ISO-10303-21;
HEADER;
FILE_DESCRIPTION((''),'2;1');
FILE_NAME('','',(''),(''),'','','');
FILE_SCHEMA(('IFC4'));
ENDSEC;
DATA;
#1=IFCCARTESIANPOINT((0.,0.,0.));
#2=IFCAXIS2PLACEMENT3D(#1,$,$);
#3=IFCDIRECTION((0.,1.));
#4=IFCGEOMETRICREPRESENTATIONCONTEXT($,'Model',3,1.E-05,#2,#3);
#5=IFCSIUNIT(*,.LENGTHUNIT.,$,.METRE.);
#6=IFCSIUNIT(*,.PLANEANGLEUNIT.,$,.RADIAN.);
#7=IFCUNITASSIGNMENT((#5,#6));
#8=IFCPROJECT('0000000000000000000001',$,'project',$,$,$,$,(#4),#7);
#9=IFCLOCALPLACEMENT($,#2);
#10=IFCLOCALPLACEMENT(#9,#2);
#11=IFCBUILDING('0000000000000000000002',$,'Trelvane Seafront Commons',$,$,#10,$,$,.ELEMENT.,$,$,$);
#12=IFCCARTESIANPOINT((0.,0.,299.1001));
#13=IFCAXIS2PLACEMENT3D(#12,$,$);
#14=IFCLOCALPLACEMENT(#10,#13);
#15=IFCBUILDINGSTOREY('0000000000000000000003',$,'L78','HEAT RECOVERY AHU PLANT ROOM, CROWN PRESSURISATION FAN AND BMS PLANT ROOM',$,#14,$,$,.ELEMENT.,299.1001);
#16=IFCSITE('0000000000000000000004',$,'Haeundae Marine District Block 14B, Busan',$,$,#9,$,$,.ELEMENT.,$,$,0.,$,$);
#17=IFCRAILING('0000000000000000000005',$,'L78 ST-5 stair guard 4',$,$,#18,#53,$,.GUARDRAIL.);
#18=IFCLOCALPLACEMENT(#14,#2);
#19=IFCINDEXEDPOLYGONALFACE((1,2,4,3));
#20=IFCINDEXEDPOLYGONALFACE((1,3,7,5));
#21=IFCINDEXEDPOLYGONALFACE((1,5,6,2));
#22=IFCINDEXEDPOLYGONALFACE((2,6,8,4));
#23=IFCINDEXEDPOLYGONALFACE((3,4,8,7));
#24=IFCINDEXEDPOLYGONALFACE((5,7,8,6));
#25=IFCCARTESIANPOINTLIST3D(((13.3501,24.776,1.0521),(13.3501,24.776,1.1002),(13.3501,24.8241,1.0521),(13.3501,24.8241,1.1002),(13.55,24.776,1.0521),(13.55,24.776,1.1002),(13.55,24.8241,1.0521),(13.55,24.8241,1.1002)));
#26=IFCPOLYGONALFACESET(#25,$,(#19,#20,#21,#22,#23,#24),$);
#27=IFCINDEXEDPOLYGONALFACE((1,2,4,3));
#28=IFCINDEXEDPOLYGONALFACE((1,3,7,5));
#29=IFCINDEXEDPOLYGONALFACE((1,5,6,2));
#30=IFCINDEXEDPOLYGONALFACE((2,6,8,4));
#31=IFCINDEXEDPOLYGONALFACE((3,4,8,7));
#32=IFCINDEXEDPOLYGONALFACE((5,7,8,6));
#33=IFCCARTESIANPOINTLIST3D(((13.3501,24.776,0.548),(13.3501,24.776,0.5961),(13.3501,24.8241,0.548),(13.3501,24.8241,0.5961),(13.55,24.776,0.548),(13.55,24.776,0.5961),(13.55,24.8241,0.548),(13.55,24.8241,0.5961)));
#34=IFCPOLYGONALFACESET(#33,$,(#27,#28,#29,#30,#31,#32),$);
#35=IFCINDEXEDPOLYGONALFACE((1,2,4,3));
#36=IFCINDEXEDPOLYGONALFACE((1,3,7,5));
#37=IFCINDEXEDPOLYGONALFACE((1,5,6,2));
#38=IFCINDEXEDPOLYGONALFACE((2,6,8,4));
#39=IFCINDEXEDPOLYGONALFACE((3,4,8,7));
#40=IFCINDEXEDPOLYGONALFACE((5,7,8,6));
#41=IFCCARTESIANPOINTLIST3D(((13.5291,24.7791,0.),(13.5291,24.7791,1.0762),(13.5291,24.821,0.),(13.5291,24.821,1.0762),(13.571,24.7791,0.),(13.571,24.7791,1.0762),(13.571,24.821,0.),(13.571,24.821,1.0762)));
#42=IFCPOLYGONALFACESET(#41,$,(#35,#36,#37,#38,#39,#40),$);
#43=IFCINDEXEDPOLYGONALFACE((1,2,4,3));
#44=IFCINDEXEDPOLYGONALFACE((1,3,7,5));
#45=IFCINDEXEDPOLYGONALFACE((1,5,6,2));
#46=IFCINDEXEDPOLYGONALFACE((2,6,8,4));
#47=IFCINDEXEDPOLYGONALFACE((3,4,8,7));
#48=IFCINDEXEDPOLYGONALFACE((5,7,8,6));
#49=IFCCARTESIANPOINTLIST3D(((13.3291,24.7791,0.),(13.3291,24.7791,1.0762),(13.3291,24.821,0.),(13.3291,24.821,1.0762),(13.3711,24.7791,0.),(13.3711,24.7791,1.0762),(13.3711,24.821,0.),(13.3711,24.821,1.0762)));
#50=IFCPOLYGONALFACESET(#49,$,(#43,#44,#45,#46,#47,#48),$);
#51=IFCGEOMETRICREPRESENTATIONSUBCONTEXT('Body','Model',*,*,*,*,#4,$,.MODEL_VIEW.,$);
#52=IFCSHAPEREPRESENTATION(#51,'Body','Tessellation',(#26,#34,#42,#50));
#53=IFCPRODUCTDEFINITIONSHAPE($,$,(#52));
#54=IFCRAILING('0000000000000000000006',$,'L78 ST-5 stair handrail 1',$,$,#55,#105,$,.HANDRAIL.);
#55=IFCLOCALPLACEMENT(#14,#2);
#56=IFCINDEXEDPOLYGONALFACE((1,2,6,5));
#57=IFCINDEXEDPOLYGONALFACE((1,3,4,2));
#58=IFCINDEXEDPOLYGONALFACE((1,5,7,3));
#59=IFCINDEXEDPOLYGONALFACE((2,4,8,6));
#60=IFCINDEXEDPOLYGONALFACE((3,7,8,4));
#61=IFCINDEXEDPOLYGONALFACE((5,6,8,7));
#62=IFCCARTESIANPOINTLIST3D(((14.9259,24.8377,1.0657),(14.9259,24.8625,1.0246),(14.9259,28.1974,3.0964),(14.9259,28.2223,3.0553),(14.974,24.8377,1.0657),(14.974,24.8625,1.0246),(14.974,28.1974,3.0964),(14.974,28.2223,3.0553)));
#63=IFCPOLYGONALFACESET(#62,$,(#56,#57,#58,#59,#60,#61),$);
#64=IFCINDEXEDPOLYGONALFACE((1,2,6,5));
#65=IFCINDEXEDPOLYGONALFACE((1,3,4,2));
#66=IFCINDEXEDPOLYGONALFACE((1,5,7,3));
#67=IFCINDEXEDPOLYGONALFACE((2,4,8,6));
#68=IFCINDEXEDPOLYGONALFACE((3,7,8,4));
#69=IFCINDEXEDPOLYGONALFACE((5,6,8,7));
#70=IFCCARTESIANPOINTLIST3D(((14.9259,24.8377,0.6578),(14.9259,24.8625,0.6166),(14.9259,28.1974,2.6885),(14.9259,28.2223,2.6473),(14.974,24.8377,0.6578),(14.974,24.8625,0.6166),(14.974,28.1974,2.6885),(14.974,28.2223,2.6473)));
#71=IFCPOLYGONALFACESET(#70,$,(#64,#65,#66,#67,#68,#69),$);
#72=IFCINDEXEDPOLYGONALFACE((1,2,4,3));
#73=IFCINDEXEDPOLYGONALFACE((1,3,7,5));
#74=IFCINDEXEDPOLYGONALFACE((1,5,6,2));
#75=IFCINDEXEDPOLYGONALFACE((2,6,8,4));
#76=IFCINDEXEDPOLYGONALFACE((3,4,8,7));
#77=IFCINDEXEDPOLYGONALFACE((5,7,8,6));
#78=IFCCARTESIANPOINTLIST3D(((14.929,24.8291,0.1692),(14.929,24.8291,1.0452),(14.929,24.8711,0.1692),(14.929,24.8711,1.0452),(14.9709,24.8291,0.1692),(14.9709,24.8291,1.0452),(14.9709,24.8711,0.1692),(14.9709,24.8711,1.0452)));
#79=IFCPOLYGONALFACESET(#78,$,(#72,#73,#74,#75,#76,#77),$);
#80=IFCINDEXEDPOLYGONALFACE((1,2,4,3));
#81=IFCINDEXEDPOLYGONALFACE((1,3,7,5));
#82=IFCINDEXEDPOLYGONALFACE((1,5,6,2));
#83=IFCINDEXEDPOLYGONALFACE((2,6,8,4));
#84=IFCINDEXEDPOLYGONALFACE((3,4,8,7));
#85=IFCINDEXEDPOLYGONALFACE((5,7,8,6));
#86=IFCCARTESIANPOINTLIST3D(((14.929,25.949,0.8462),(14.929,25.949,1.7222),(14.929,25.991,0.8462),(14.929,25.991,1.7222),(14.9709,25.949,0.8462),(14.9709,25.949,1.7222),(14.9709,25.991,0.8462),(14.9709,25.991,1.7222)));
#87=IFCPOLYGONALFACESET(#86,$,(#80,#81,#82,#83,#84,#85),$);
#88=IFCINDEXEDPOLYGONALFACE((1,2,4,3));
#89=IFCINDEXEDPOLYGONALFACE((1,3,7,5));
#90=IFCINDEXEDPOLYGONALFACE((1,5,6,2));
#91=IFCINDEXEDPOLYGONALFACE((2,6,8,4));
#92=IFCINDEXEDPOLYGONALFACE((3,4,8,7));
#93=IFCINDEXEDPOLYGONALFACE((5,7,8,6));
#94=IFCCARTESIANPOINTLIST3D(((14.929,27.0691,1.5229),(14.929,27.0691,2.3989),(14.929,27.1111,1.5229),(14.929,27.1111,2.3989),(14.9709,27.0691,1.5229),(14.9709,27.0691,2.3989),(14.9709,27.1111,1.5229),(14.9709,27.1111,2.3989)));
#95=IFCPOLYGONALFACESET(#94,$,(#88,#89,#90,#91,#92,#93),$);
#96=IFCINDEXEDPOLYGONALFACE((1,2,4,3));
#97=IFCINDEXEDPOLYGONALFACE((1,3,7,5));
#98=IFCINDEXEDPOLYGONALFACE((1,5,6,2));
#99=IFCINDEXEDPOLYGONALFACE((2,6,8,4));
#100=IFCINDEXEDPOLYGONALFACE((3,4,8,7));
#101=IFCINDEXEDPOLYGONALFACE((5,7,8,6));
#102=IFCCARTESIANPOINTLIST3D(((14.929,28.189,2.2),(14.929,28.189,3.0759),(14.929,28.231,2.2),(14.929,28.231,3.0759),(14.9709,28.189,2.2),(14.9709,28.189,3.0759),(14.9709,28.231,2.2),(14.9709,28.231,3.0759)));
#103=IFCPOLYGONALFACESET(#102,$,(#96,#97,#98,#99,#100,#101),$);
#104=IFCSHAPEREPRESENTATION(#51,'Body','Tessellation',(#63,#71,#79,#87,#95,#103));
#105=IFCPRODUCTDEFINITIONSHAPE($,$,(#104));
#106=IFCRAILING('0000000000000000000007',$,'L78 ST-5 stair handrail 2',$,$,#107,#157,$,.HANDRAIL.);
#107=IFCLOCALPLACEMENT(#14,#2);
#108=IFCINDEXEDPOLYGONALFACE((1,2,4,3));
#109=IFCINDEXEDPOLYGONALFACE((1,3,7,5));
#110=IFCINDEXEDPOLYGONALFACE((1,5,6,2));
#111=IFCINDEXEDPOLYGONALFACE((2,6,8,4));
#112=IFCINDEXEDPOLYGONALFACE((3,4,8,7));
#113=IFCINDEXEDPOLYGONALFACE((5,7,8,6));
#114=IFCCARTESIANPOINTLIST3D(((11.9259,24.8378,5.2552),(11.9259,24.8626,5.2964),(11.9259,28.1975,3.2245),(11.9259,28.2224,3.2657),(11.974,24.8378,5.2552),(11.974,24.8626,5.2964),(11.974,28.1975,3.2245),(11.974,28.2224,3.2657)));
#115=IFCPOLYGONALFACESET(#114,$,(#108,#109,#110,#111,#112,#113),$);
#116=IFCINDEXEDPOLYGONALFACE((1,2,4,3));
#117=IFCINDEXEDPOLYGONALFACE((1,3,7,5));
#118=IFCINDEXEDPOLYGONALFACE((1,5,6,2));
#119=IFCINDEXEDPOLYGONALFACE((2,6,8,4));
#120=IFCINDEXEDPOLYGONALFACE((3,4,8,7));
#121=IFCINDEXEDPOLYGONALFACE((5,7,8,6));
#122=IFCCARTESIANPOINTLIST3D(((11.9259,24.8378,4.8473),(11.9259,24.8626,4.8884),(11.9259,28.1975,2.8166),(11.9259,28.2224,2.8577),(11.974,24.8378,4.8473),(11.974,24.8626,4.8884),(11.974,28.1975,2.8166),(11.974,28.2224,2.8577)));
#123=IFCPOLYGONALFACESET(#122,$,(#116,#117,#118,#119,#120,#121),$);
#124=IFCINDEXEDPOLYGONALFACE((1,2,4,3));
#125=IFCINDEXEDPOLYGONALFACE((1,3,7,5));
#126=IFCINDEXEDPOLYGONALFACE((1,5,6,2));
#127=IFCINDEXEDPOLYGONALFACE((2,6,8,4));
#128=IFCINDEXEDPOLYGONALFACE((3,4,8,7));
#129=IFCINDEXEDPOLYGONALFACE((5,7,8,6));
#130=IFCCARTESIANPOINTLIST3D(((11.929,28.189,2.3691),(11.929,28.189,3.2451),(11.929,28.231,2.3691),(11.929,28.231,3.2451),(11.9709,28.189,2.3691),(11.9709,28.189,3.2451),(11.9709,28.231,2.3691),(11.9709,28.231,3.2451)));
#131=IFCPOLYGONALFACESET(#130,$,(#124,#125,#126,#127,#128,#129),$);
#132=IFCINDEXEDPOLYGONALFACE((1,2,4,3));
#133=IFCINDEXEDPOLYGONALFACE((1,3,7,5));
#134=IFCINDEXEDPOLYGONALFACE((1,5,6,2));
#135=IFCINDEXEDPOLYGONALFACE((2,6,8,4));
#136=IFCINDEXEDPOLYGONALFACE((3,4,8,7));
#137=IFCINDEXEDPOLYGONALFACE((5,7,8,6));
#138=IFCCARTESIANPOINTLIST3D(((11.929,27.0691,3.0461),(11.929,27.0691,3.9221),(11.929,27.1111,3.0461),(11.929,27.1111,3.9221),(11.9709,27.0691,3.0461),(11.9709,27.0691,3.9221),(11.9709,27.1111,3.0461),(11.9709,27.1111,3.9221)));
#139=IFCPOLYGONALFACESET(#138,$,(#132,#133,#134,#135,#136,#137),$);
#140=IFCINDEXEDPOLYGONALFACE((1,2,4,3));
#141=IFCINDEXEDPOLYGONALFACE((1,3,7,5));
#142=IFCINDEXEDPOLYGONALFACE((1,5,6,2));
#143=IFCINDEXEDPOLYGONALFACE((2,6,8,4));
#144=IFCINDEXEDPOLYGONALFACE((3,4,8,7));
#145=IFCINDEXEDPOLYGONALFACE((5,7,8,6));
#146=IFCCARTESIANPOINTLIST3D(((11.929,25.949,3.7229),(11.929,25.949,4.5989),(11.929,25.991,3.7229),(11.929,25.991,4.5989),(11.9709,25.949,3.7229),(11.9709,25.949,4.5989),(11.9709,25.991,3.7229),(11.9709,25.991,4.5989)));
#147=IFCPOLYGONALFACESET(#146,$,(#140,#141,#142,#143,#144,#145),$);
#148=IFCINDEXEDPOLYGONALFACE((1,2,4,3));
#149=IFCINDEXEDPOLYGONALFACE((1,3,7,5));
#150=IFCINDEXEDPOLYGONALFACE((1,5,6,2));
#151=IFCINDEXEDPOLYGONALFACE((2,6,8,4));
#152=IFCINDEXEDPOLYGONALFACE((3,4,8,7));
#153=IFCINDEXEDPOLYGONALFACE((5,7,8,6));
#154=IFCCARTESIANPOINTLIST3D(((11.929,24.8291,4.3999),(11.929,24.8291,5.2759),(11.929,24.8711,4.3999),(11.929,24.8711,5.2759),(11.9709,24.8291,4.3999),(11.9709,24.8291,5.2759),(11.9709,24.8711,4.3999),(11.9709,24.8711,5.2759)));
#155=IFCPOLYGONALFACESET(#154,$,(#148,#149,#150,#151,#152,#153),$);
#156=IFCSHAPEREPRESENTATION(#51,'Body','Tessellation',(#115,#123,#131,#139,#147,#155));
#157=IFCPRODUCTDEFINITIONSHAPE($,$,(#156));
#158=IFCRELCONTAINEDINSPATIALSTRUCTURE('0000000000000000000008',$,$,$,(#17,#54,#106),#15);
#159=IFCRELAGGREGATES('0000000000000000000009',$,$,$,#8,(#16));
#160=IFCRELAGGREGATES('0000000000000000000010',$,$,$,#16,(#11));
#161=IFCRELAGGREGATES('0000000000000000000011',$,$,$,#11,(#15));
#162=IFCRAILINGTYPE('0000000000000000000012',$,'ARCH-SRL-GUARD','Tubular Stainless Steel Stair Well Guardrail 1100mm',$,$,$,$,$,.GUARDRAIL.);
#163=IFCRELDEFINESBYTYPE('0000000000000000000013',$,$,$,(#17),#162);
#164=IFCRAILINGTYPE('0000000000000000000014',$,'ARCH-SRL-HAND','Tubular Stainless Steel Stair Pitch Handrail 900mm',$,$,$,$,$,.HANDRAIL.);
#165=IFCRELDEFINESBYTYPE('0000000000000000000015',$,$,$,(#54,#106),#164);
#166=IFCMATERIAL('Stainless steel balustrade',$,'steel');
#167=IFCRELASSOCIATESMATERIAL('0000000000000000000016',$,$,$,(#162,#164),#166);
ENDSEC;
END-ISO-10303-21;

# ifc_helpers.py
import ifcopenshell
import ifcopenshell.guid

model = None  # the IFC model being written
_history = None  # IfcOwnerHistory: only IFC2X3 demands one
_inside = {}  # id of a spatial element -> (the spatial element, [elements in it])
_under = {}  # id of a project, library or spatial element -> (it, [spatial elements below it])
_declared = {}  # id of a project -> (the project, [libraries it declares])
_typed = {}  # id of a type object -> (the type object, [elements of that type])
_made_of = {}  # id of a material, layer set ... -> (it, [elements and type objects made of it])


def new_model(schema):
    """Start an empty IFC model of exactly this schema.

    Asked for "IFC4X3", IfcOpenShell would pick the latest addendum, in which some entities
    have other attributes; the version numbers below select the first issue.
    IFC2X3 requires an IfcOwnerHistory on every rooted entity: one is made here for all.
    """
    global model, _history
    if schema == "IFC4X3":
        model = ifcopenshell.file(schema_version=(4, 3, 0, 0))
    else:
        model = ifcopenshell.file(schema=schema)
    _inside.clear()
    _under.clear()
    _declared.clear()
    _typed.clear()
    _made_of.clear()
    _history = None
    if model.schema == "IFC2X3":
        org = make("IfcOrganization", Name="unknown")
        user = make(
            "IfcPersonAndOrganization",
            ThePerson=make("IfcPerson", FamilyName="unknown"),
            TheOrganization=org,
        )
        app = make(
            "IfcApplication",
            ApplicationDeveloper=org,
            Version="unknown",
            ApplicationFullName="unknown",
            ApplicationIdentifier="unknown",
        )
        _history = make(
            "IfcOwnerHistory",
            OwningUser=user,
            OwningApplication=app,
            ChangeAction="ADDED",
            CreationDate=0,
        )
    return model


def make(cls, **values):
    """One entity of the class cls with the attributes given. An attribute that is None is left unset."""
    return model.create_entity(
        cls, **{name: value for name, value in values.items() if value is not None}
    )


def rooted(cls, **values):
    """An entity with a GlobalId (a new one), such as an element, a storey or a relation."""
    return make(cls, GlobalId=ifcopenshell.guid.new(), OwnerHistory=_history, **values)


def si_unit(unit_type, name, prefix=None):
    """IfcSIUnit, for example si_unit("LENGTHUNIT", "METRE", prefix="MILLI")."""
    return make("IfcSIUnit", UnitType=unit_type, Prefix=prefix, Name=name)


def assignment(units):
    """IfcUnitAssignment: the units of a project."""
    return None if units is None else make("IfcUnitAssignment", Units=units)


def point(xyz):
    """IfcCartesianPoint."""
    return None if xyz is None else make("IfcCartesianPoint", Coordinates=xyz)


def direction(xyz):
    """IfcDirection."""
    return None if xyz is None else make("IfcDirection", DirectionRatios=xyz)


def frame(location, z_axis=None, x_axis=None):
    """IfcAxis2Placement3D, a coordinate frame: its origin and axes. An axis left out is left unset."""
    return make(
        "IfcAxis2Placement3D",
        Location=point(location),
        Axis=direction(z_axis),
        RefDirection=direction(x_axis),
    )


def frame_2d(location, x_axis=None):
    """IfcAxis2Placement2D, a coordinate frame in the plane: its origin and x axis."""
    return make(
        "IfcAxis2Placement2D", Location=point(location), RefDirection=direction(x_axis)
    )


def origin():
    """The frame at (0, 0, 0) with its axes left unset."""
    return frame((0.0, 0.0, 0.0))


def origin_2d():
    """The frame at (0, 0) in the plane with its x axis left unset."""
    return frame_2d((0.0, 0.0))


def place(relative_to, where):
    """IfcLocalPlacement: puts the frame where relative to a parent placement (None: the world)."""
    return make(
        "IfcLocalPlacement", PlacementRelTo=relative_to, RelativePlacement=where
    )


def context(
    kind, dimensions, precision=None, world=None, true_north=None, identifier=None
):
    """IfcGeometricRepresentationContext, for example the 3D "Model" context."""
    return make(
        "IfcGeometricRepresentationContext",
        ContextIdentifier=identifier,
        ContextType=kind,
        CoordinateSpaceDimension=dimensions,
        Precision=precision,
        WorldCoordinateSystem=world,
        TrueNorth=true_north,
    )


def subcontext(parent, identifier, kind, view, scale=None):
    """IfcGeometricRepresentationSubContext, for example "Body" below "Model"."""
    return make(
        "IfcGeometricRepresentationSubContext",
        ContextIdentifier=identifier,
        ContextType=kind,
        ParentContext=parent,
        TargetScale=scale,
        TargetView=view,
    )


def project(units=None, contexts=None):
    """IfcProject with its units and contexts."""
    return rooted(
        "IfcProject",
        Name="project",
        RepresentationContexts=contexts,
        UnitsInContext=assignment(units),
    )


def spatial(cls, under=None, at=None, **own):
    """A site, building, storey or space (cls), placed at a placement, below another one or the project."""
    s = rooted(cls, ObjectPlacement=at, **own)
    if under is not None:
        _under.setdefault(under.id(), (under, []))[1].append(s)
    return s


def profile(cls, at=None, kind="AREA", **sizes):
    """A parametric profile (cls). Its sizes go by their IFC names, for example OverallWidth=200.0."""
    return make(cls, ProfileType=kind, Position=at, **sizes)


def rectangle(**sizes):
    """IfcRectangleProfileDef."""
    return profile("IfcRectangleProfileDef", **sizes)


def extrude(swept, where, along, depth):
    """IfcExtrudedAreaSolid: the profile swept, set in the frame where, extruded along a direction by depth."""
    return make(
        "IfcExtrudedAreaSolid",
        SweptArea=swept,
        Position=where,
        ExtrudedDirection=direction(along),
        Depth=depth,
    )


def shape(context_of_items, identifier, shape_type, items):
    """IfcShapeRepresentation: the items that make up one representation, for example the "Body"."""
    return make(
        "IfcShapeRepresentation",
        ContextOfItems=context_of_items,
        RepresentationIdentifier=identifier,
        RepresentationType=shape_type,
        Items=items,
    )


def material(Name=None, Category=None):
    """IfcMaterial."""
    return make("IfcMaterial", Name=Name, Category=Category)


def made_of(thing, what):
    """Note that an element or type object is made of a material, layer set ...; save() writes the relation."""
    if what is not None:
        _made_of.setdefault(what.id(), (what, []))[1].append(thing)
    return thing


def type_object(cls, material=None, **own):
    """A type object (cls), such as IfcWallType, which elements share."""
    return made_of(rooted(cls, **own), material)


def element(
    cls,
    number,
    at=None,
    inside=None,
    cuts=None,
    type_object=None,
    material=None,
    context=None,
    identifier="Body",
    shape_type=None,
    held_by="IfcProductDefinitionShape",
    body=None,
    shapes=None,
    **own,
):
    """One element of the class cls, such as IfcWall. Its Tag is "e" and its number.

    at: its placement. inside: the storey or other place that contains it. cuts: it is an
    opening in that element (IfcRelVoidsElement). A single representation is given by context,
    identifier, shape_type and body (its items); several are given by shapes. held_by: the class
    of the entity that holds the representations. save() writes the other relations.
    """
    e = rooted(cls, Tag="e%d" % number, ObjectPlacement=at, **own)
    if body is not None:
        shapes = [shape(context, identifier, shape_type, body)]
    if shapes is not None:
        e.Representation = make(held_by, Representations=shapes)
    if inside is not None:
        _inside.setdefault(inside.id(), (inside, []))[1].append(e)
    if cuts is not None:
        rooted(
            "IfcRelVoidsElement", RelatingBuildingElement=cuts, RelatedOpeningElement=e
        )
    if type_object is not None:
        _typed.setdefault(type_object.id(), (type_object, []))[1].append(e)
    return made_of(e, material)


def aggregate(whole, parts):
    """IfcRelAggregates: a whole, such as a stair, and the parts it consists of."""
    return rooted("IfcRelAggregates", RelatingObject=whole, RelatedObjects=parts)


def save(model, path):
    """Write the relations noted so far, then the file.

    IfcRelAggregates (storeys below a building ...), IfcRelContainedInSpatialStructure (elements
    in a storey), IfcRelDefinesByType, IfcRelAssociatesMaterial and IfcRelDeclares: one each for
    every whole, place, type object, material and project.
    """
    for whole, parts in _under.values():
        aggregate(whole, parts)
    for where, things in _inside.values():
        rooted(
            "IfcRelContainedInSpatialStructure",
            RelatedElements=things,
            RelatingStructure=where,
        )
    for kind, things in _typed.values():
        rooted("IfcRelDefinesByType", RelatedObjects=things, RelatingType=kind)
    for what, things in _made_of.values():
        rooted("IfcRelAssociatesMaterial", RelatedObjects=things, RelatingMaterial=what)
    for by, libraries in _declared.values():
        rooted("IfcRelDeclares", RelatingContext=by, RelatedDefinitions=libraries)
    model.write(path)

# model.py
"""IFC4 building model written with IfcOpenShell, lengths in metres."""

from ifc_helpers import new_model, si_unit, direction, frame, origin, origin_2d, place, context, subcontext, project, spatial, rectangle, extrude, material, type_object, element, save


model = new_model("IFC4")

# Units and contexts
model_context = context("Model", 3, precision=1e-05, world=origin(), true_north=direction((0.0, 1.0)))
body_context = subcontext(model_context, "Body", "Model", "MODEL_VIEW")
ifc_project = project(units=[si_unit("LENGTHUNIT", "METRE"), si_unit("PLANEANGLEUNIT", "RADIAN")], contexts=[model_context])

# Site, building, storey
site_placement = place(None, origin())
site = spatial("IfcSite", under=ifc_project, at=site_placement, Name="Haeundae Marine District Block 14B, Busan", CompositionType="ELEMENT", RefElevation=0.0)
building_placement = place(site_placement, origin())
building = spatial("IfcBuilding", under=site, at=building_placement, Name="Trelvane Seafront Commons", CompositionType="ELEMENT")
storey_placement = place(building_placement, frame((0.0, 0.0, 299.1001)))
storey = spatial("IfcBuildingStorey", under=building, at=storey_placement, Name="L78", Description="HEAT RECOVERY AHU PLANT ROOM, CROWN PRESSURISATION FAN AND BMS PLANT ROOM", CompositionType="ELEMENT", Elevation=299.1001)

# Railings
ifc_material_1 = material(Name="Stainless steel balustrade", Category="steel")
railing_type_1 = type_object("IfcRailingType", Name="ARCH-SRL-GUARD", Description="Tubular Stainless Steel Stair Well Guardrail 1100mm", PredefinedType="GUARDRAIL", material=ifc_material_1)
railing_1_placement = place(storey_placement, frame((13.55, 24.8, 0.0)))
element("IfcRailing", 1, at=railing_1_placement, inside=storey, type_object=railing_type_1, Name="L78 ST-5 stair guard 4", PredefinedType="GUARDRAIL", context=body_context, shape_type="SweptSolid", body=[
    extrude(rectangle(XDim=0.0481, YDim=0.0481, at=origin_2d()), frame((0.0, 0.0, 1.0762), z_axis=(-1.0, 0.0, 0.0), x_axis=(0.0, -1.0, 0.0)), (0.0, 0.0, 1.0), 0.2),
    extrude(rectangle(XDim=0.0481, YDim=0.0481, at=origin_2d()), frame((0.0, 0.0, 0.572), z_axis=(-1.0, 0.0, 0.0), x_axis=(0.0, -1.0, 0.0)), (0.0, 0.0, 1.0), 0.2),
    extrude(rectangle(XDim=0.042, YDim=0.042, at=origin_2d()), origin(), (0.0, 0.0, 1.0), 1.0762),
    extrude(rectangle(XDim=0.042, YDim=0.042, at=origin_2d()), frame((-0.2, 0.0, 0.0)), (0.0, 0.0, 1.0), 1.0762),
])
railing_type_2 = type_object("IfcRailingType", Name="ARCH-SRL-HAND", Description="Tubular Stainless Steel Stair Pitch Handrail 900mm", PredefinedType="HANDRAIL", material=ifc_material_1)
railing_2_placement = place(storey_placement, frame((14.95, 24.8501, 0.1692)))
element("IfcRailing", 2, at=railing_2_placement, inside=storey, type_object=railing_type_2, Name="L78 ST-5 stair handrail 1", PredefinedType="HANDRAIL", context=body_context, shape_type="SweptSolid", body=[
    extrude(rectangle(XDim=0.0481, YDim=0.0481, at=origin_2d()), frame((0.0, 0.0, 0.876), z_axis=(0.0, 0.85582, 0.517273), x_axis=(-1.0, 0.0, 0.0)), (0.0, 0.0, 1.0), 3.9258),
    extrude(rectangle(XDim=0.0481, YDim=0.0481, at=origin_2d()), frame((0.0, 0.0, 0.468), z_axis=(0.0, 0.85582, 0.517273), x_axis=(-1.0, 0.0, 0.0)), (0.0, 0.0, 1.0), 3.9258),
    extrude(rectangle(XDim=0.042, YDim=0.042, at=origin_2d()), origin(), (0.0, 0.0, 1.0), 0.876),
    extrude(rectangle(XDim=0.042, YDim=0.042, at=origin_2d()), frame((0.0, 1.1199, 0.677)), (0.0, 0.0, 1.0), 0.876),
    extrude(rectangle(XDim=0.042, YDim=0.042, at=origin_2d()), frame((0.0, 2.24, 1.3538)), (0.0, 0.0, 1.0), 0.876),
    extrude(rectangle(XDim=0.042, YDim=0.042, at=origin_2d()), frame((0.0, 3.3599, 2.0308)), (0.0, 0.0, 1.0), 0.876),
])
railing_3_placement = place(storey_placement, frame((11.95, 28.21, 2.3691)))
element("IfcRailing", 3, at=railing_3_placement, inside=storey, type_object=railing_type_2, Name="L78 ST-5 stair handrail 2", PredefinedType="HANDRAIL", context=body_context, shape_type="SweptSolid", body=[
    extrude(rectangle(XDim=0.0481, YDim=0.0481, at=origin_2d()), frame((0.0, 0.0, 0.876), z_axis=(0.0, -0.85582, 0.517273), x_axis=(1.0, 0.0, 0.0)), (0.0, 0.0, 1.0), 3.9258),
    extrude(rectangle(XDim=0.0481, YDim=0.0481, at=origin_2d()), frame((0.0, 0.0, 0.468), z_axis=(0.0, -0.85582, 0.517273), x_axis=(1.0, 0.0, 0.0)), (0.0, 0.0, 1.0), 3.9258),
    extrude(rectangle(XDim=0.042, YDim=0.042, at=origin_2d()), origin(), (0.0, 0.0, 1.0), 0.876),
    extrude(rectangle(XDim=0.042, YDim=0.042, at=origin_2d()), frame((0.0, -1.1199, 0.677)), (0.0, 0.0, 1.0), 0.876),
    extrude(rectangle(XDim=0.042, YDim=0.042, at=origin_2d()), frame((0.0, -2.24, 1.3538)), (0.0, 0.0, 1.0), 0.876),
    extrude(rectangle(XDim=0.042, YDim=0.042, at=origin_2d()), frame((0.0, -3.3599, 2.0308)), (0.0, 0.0, 1.0), 0.876),
])

save(model, "model.ifc")
